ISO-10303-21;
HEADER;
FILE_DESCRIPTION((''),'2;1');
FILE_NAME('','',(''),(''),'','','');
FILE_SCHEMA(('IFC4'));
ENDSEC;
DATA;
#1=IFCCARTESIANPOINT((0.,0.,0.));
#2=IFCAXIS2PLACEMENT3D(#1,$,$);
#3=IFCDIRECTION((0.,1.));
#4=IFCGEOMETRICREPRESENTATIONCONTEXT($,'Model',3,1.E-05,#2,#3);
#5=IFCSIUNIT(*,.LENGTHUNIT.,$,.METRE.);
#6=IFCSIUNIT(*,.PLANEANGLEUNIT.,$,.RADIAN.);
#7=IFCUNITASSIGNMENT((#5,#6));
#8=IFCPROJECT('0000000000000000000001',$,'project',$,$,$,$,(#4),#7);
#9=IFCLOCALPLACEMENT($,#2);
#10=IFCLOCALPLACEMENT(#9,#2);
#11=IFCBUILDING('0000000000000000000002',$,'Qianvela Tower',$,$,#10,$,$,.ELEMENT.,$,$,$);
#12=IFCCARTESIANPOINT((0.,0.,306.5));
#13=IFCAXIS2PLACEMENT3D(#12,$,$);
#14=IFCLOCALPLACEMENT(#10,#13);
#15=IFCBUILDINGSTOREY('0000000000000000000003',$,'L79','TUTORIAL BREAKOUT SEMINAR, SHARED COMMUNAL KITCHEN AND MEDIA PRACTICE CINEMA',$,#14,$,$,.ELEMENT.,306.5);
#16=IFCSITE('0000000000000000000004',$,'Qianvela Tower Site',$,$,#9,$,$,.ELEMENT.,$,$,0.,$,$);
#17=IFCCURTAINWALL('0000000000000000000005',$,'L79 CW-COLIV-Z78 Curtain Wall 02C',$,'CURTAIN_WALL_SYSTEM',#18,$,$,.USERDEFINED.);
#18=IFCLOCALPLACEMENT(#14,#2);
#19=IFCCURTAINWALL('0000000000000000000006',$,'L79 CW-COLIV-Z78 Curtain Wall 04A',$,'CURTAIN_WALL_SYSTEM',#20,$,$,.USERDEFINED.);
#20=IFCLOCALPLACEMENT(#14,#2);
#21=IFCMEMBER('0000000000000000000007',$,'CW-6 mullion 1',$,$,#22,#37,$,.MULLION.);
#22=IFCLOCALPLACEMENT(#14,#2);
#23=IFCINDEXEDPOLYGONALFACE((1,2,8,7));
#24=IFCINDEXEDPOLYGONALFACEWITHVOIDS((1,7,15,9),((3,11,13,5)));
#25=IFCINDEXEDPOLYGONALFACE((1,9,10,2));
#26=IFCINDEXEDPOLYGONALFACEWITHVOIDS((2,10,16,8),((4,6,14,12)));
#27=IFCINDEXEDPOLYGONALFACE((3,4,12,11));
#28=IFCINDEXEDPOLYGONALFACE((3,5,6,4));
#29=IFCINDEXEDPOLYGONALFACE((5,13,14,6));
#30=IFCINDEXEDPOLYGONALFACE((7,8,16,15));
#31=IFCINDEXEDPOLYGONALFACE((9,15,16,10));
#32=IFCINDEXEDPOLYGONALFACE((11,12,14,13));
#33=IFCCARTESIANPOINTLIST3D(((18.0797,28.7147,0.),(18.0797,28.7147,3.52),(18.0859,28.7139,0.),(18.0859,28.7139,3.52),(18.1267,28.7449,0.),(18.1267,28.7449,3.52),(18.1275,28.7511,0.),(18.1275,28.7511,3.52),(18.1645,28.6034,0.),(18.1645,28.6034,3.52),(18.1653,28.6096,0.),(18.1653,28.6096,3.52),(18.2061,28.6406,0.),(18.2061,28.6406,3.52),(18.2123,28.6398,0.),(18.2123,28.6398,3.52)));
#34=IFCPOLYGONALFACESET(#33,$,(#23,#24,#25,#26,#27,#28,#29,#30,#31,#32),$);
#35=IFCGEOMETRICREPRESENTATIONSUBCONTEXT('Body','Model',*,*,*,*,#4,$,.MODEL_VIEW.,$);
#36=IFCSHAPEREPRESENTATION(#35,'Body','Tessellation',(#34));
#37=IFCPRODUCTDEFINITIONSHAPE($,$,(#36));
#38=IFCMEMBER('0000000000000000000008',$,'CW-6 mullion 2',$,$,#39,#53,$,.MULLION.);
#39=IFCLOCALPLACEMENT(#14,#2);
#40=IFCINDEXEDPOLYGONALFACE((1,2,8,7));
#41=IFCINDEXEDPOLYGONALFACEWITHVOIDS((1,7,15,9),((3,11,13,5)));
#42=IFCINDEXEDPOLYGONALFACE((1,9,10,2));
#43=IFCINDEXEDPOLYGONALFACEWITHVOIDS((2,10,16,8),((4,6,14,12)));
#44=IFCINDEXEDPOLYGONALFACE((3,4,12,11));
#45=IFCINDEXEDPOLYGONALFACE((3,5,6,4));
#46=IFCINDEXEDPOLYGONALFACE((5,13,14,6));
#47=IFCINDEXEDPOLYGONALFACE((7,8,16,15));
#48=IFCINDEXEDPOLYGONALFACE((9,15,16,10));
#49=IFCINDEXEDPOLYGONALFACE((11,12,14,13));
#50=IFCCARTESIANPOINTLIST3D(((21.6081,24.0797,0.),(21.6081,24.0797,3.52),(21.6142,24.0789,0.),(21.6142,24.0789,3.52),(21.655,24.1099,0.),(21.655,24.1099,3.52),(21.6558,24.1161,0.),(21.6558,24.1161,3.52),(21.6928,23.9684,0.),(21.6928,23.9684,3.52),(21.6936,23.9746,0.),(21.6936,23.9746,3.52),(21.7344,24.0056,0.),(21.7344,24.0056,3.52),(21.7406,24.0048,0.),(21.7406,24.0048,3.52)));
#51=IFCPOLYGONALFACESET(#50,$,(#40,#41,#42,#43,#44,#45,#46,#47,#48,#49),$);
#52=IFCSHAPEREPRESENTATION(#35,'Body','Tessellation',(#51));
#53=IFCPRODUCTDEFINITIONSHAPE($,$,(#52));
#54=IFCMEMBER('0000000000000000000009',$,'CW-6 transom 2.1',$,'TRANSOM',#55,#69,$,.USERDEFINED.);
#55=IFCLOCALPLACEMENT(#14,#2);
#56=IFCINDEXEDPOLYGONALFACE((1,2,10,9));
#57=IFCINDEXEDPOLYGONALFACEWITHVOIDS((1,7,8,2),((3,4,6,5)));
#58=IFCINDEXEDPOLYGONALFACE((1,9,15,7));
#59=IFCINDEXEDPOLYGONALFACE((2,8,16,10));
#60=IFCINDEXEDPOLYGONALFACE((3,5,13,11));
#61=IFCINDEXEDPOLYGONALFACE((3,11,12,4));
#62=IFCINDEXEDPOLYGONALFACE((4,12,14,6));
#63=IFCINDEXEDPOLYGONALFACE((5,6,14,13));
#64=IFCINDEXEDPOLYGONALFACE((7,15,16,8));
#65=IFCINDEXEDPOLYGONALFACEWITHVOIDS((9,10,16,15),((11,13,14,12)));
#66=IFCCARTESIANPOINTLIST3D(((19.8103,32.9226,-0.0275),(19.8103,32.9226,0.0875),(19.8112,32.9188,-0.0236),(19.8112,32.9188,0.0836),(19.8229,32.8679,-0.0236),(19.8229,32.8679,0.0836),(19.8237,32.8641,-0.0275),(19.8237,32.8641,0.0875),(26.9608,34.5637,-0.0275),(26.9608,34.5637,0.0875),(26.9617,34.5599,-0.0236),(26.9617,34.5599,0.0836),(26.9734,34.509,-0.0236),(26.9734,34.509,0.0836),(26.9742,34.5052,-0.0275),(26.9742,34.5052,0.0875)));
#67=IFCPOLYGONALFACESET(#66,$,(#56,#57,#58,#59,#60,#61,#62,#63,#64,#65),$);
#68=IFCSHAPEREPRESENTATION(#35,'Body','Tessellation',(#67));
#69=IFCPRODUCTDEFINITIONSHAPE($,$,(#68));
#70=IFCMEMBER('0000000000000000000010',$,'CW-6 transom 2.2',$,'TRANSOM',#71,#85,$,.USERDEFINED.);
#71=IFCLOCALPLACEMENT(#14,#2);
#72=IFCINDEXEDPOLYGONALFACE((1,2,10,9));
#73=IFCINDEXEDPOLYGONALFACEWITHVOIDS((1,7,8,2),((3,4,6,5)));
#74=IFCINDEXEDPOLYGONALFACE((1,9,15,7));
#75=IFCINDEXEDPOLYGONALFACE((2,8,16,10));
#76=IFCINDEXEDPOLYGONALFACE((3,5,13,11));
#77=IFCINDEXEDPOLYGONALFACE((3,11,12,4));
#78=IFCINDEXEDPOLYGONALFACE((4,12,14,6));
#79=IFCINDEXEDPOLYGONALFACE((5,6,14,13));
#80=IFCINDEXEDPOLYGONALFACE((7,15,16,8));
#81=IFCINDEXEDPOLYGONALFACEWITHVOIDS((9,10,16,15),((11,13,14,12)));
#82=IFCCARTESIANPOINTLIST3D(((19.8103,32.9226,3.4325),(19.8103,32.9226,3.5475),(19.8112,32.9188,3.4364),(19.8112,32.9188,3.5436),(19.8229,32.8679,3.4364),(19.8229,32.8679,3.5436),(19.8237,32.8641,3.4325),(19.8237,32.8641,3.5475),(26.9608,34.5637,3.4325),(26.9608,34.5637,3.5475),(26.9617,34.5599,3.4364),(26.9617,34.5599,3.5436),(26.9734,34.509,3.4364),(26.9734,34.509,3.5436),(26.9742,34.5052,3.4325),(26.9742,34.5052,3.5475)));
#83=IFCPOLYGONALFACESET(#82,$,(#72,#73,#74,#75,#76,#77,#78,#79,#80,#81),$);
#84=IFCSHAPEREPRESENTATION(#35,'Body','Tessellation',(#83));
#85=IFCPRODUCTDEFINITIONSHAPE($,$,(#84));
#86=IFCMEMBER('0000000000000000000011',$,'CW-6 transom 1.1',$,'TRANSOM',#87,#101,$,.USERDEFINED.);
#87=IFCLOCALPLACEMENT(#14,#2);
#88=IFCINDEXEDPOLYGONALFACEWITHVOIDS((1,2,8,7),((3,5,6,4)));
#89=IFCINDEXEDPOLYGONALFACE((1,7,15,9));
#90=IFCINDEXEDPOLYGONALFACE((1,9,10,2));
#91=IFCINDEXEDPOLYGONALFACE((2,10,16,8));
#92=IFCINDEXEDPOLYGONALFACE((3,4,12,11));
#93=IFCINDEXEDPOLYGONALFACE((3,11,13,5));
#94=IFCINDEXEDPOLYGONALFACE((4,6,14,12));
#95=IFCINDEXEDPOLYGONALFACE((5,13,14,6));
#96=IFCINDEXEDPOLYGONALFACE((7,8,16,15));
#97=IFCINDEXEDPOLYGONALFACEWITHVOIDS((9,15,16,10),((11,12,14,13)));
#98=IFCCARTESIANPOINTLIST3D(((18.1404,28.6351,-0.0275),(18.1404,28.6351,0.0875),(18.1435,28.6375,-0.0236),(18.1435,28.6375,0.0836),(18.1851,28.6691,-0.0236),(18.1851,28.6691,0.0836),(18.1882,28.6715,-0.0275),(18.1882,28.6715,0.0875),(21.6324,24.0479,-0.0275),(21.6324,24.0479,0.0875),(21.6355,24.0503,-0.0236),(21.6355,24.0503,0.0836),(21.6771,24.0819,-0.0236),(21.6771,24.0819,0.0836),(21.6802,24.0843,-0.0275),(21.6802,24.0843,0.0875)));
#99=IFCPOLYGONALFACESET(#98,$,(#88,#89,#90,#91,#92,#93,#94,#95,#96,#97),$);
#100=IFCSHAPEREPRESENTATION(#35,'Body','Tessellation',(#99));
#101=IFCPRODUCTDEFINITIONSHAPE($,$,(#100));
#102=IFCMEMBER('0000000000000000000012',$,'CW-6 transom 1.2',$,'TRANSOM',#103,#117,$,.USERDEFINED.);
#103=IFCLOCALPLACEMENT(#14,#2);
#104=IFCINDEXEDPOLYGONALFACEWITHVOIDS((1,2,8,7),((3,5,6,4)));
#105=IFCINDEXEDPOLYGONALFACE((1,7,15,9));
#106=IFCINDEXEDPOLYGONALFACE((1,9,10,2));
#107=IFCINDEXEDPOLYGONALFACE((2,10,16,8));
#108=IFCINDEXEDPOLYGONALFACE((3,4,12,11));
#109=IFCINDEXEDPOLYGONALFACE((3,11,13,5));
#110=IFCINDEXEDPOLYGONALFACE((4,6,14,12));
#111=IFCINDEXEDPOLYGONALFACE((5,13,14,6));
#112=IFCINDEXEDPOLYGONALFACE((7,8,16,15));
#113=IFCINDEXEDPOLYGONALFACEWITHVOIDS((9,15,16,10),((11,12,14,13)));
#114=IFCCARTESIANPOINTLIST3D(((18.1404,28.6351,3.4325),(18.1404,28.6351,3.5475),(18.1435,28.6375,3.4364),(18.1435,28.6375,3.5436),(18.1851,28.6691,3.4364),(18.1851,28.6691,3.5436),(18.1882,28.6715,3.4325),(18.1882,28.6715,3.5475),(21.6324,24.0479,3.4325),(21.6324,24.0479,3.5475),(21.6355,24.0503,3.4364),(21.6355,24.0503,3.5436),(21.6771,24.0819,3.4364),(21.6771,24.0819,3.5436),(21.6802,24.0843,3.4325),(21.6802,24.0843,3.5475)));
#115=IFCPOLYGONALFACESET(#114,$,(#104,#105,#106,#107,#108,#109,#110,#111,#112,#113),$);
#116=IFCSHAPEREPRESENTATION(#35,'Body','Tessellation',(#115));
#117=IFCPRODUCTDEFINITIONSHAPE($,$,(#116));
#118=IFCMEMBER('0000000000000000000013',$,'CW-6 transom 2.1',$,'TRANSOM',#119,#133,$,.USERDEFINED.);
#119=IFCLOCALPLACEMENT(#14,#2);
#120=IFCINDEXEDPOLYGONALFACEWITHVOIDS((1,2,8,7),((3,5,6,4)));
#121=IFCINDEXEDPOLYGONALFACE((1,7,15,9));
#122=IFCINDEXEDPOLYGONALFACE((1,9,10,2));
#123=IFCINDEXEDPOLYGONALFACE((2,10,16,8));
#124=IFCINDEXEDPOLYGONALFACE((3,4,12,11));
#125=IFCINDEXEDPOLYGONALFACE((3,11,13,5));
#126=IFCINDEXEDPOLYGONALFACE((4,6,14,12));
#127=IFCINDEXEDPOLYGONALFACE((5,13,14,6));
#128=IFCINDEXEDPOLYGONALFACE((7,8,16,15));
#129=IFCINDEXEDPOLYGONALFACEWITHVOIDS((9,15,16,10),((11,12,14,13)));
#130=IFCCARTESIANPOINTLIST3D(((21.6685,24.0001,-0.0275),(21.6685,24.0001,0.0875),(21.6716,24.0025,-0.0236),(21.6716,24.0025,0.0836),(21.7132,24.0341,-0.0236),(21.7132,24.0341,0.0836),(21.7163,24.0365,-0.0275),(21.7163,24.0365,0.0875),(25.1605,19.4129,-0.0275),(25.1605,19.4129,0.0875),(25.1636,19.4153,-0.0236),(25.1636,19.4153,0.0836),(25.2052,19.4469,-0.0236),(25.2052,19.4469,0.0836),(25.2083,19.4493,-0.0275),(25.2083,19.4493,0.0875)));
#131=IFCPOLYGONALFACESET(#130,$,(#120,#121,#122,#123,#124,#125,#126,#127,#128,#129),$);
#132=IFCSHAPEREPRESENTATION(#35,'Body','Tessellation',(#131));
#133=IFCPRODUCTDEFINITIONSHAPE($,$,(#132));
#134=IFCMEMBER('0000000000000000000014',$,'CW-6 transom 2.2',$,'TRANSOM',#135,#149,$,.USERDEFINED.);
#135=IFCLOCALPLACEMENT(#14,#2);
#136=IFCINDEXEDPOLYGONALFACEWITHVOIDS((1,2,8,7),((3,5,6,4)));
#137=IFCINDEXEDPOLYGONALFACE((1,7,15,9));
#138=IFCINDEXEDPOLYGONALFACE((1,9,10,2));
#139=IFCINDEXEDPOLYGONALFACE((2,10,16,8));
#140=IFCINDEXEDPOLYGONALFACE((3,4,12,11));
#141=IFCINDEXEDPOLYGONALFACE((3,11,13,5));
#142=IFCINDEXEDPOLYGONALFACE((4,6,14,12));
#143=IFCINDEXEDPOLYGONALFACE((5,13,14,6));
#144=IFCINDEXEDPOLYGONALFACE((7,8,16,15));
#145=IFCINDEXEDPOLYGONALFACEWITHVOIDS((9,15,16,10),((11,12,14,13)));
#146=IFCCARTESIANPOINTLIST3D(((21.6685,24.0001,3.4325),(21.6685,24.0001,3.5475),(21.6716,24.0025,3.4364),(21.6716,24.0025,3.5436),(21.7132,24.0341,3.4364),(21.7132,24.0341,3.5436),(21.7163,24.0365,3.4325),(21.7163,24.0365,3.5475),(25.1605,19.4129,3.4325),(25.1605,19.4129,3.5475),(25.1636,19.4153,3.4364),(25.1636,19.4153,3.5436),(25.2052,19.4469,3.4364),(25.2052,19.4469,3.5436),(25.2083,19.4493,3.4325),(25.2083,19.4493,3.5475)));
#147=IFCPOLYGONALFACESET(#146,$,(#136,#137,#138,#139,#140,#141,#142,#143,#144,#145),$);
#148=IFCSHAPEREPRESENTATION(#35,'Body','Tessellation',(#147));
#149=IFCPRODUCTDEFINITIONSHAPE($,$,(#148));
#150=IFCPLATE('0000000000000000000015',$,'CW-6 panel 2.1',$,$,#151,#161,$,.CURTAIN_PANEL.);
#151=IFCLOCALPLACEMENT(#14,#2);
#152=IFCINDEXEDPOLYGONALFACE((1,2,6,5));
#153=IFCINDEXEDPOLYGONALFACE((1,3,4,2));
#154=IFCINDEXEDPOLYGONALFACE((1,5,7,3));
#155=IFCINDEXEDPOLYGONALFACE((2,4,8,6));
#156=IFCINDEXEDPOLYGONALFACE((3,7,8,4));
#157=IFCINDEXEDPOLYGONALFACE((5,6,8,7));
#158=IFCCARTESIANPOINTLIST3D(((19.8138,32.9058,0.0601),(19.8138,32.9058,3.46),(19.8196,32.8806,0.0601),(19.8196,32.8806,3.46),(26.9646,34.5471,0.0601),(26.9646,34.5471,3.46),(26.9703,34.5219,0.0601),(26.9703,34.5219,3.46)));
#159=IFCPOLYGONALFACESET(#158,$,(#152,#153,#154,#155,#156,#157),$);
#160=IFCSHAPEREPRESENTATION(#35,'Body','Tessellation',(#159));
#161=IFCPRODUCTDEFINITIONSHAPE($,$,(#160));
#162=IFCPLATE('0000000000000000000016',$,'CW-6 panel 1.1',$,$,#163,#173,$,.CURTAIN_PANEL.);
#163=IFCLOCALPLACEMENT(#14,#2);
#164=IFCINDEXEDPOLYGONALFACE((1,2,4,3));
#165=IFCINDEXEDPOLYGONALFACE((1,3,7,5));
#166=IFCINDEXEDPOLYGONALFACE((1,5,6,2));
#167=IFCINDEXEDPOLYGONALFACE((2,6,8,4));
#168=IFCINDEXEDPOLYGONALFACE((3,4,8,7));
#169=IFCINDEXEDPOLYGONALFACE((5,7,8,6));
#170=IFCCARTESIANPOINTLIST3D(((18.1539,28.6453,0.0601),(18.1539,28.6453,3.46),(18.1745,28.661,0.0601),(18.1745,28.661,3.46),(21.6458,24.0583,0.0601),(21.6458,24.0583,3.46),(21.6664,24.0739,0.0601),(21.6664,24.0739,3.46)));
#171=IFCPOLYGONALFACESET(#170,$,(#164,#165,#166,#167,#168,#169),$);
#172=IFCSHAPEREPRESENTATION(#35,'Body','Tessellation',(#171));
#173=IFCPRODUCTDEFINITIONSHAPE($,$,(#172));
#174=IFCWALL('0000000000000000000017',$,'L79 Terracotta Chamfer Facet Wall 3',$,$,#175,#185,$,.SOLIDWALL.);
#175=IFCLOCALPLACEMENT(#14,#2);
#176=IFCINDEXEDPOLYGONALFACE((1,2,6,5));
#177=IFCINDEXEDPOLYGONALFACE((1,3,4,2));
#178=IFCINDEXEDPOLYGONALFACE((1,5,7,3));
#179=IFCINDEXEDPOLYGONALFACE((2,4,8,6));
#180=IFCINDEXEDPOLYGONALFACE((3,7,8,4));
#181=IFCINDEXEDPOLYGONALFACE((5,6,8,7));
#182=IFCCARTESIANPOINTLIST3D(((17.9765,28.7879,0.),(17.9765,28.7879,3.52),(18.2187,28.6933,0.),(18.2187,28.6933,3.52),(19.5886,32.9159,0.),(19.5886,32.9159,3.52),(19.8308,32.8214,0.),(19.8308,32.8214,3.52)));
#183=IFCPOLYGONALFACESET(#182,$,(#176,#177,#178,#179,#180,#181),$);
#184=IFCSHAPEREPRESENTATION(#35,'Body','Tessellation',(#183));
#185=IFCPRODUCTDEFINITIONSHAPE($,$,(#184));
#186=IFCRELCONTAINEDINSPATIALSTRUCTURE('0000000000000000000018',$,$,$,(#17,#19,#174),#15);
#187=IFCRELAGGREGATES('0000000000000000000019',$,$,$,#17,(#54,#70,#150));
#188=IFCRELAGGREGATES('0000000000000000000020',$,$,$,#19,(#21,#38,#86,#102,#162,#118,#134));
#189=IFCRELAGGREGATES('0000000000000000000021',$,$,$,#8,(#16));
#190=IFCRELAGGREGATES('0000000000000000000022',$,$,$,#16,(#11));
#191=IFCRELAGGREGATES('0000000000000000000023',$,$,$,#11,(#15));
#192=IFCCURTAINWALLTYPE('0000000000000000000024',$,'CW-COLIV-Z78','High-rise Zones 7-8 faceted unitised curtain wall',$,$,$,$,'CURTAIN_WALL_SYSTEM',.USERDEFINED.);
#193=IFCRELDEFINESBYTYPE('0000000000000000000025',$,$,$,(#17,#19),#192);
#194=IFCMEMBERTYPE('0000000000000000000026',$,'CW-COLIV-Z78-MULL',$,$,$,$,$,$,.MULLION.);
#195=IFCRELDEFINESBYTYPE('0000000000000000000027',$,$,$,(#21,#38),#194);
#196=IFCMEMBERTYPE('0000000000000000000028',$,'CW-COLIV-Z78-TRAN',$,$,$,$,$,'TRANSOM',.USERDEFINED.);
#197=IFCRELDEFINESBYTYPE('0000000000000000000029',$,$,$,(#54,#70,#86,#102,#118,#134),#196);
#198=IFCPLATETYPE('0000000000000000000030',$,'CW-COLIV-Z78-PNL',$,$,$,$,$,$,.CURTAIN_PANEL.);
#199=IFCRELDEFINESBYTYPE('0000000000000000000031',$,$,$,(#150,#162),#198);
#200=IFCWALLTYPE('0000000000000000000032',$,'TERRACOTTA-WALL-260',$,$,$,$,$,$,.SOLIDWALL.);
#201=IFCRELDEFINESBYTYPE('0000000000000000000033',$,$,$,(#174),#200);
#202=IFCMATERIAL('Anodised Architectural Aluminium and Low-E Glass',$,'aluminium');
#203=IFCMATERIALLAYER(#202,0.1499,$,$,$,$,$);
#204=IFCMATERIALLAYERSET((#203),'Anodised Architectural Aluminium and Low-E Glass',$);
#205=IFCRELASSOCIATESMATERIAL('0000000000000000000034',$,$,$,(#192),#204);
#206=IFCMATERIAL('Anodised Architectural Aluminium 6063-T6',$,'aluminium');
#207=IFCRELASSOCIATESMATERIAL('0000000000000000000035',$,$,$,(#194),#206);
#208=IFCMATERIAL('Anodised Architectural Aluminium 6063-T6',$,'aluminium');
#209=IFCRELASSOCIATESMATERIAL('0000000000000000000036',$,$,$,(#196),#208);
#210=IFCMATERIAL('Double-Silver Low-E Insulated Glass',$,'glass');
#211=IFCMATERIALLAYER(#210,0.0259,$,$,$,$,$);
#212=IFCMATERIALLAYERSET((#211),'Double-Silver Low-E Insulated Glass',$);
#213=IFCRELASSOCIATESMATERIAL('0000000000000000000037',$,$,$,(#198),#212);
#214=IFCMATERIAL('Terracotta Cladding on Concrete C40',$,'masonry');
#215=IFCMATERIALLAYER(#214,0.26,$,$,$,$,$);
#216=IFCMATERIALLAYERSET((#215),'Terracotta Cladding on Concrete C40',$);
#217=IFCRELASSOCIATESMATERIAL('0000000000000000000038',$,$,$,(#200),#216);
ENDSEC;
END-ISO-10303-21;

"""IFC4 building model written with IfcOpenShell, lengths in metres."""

from ifc_helpers import new_model, si_unit, direction, frame, frame_2d, origin, origin_2d, place, context, subcontext, project, spatial, rectangle, hollow_rectangle, extrude, material, layer, layer_set, material_profile, profile_set, type_object, element, aggregate, save


model = new_model("IFC4")

# Units and contexts
model_context = context("Model", 3, precision=1e-05, world=origin(), true_north=direction((0.0, 1.0)))
body_context = subcontext(model_context, "Body", "Model", "MODEL_VIEW")
ifc_project = project(units=[si_unit("LENGTHUNIT", "METRE"), si_unit("PLANEANGLEUNIT", "RADIAN")], contexts=[model_context])

# Site, building, storey
site_placement = place(None, origin())
site = spatial("IfcSite", under=ifc_project, at=site_placement, Name="Qianvela Tower Site", CompositionType="ELEMENT", RefElevation=0.0)
building_placement = place(site_placement, origin())
building = spatial("IfcBuilding", under=site, at=building_placement, Name="Qianvela Tower", CompositionType="ELEMENT")
storey_placement = place(building_placement, frame((0.0, 0.0, 306.5)))
storey = spatial("IfcBuildingStorey", under=building, at=storey_placement, Name="L79", Description="TUTORIAL BREAKOUT SEMINAR, SHARED COMMUNAL KITCHEN AND MEDIA PRACTICE CINEMA", CompositionType="ELEMENT", Elevation=306.5)

# Curtain walls, members
ifc_material_1 = material(Name="Anodised Architectural Aluminium and Low-E Glass", Category="aluminium")
ifc_layer_1 = layer(ifc_material_1, 0.1499)
ifc_layer_set_1 = layer_set([ifc_layer_1], Name="Anodised Architectural Aluminium and Low-E Glass")
curtain_wall_type = type_object("IfcCurtainWallType", Name="CW-COLIV-Z78", Description="High-rise Zones 7-8 faceted unitised curtain wall", ElementType="CURTAIN_WALL_SYSTEM", PredefinedType="USERDEFINED", material=ifc_layer_set_1)
curtain_wall_1_placement = place(storey_placement, origin())
curtain_wall_1 = element("IfcCurtainWall", 1, at=curtain_wall_1_placement, inside=storey, type_object=curtain_wall_type, Name="L79 CW-COLIV-Z78 Curtain Wall 02C", ObjectType="CURTAIN_WALL_SYSTEM", PredefinedType="USERDEFINED")
ifc_material_2 = material(Name="Anodised Architectural Aluminium 6063-T6", Category="aluminium")
ifc_material_profile_1 = material_profile(ifc_material_2, hollow_rectangle(XDim=0.0601, YDim=0.1399, WallThickness=0.0044, at=origin_2d()), Name="ALU-MULL-60x140")
ifc_profile_set_1 = profile_set([ifc_material_profile_1], Name="Anodised Architectural Aluminium 6063-T6")
member_type_1 = type_object("IfcMemberType", Name="CW-COLIV-Z78-MULL", PredefinedType="MULLION", material=ifc_profile_set_1)
curtain_wall_2_placement = place(storey_placement, origin())
curtain_wall_2 = element("IfcCurtainWall", 2, at=curtain_wall_2_placement, inside=storey, type_object=curtain_wall_type, Name="L79 CW-COLIV-Z78 Curtain Wall 04A", ObjectType="CURTAIN_WALL_SYSTEM", PredefinedType="USERDEFINED")
member_1_placement = place(storey_placement, frame((18.146, 28.6772, 0.0), z_axis=(0.0, 0.0, 1.0), x_axis=(0.795689, 0.605706, 0.0)))
member_1 = element("IfcMember", 3, at=member_1_placement, type_object=member_type_1, Name="CW-6 mullion 1", PredefinedType="MULLION", context=body_context, shape_type="SweptSolid", body=[
    extrude(hollow_rectangle(XDim=0.0601, YDim=0.1399, WallThickness=0.0044, at=origin_2d()), origin(), (0.0, 0.0, 1.0), 3.52),
])
member_2_placement = place(storey_placement, frame((21.6743, 24.0422, 0.0), z_axis=(0.0, 0.0, 1.0), x_axis=(0.795689, 0.605706, 0.0)))
member_2 = element("IfcMember", 4, at=member_2_placement, type_object=member_type_1, Name="CW-6 mullion 2", PredefinedType="MULLION", context=body_context, shape_type="SweptSolid", body=[
    extrude(hollow_rectangle(XDim=0.0601, YDim=0.1399, WallThickness=0.0044, at=origin_2d()), origin(), (0.0, 0.0, 1.0), 3.52),
])

# Members
ifc_material_3 = material(Name="Anodised Architectural Aluminium 6063-T6", Category="aluminium")
ifc_material_profile_2 = material_profile(ifc_material_3, hollow_rectangle(XDim=0.0601, YDim=0.115, WallThickness=0.0039, at=origin_2d()), Name="ALU-TRAN-60x115")
ifc_profile_set_2 = profile_set([ifc_material_profile_2], Name="Anodised Architectural Aluminium 6063-T6")
member_type_2 = type_object("IfcMemberType", Name="CW-COLIV-Z78-TRAN", ElementType="TRANSOM", PredefinedType="USERDEFINED", material=ifc_profile_set_2)
member_3_placement = place(storey_placement, frame((26.9675, 34.5344, 0.03), z_axis=(-0.97466, -0.22369, 0.0), x_axis=(0.22369, -0.97466, 0.0)))
member_3 = element("IfcMember", 5, at=member_3_placement, type_object=member_type_2, Name="CW-6 transom 2.1", ObjectType="TRANSOM", PredefinedType="USERDEFINED", context=body_context, shape_type="SweptSolid", body=[
    extrude(hollow_rectangle(XDim=0.0601, YDim=0.115, WallThickness=0.0039, at=origin_2d()), origin(), (0.0, 0.0, 1.0), 7.3364),
])
member_4_placement = place(storey_placement, frame((26.9675, 34.5344, 3.49), z_axis=(-0.97466, -0.22369, 0.0), x_axis=(0.22369, -0.97466, 0.0)))
member_4 = element("IfcMember", 6, at=member_4_placement, type_object=member_type_2, Name="CW-6 transom 2.2", ObjectType="TRANSOM", PredefinedType="USERDEFINED", context=body_context, shape_type="SweptSolid", body=[
    extrude(hollow_rectangle(XDim=0.0601, YDim=0.115, WallThickness=0.0039, at=origin_2d()), origin(), (0.0, 0.0, 1.0), 7.3364),
])
member_5_placement = place(storey_placement, frame((18.1643, 28.6533, 0.03), z_axis=(0.60571, -0.795685, 0.0), x_axis=(0.795685, 0.60571, 0.0)))
member_5 = element("IfcMember", 7, at=member_5_placement, type_object=member_type_2, Name="CW-6 transom 1.1", ObjectType="TRANSOM", PredefinedType="USERDEFINED", context=body_context, shape_type="SweptSolid", body=[
    extrude(hollow_rectangle(XDim=0.0601, YDim=0.115, WallThickness=0.0039, at=origin_2d()), origin(), (0.0, 0.0, 1.0), 5.7651),
])
member_6_placement = place(storey_placement, frame((18.1643, 28.6533, 3.49), z_axis=(0.60571, -0.795685, 0.0), x_axis=(0.795685, 0.60571, 0.0)))
member_6 = element("IfcMember", 8, at=member_6_placement, type_object=member_type_2, Name="CW-6 transom 1.2", ObjectType="TRANSOM", PredefinedType="USERDEFINED", context=body_context, shape_type="SweptSolid", body=[
    extrude(hollow_rectangle(XDim=0.0601, YDim=0.115, WallThickness=0.0039, at=origin_2d()), origin(), (0.0, 0.0, 1.0), 5.7651),
])
member_7_placement = place(storey_placement, frame((21.6924, 24.0183, 0.03), z_axis=(0.60571, -0.795685, 0.0), x_axis=(0.795685, 0.60571, 0.0)))
member_7 = element("IfcMember", 9, at=member_7_placement, type_object=member_type_2, Name="CW-6 transom 2.1", ObjectType="TRANSOM", PredefinedType="USERDEFINED", context=body_context, shape_type="SweptSolid", body=[
    extrude(hollow_rectangle(XDim=0.0601, YDim=0.115, WallThickness=0.0039, at=origin_2d()), origin(), (0.0, 0.0, 1.0), 5.7651),
])
member_8_placement = place(storey_placement, frame((21.6924, 24.0183, 3.49), z_axis=(0.60571, -0.795685, 0.0), x_axis=(0.795685, 0.60571, 0.0)))
member_8 = element("IfcMember", 10, at=member_8_placement, type_object=member_type_2, Name="CW-6 transom 2.2", ObjectType="TRANSOM", PredefinedType="USERDEFINED", context=body_context, shape_type="SweptSolid", body=[
    extrude(hollow_rectangle(XDim=0.0601, YDim=0.115, WallThickness=0.0039, at=origin_2d()), origin(), (0.0, 0.0, 1.0), 5.7651),
])

# Plates
ifc_material_4 = material(Name="Double-Silver Low-E Insulated Glass", Category="glass")
ifc_layer_2 = layer(ifc_material_4, 0.0259)
ifc_layer_set_2 = layer_set([ifc_layer_2], Name="Double-Silver Low-E Insulated Glass")
plate_type = type_object("IfcPlateType", Name="CW-COLIV-Z78-PNL", PredefinedType="CURTAIN_PANEL", material=ifc_layer_set_2)
plate_1_placement = place(storey_placement, frame((23.3921, 33.7139, 0.0601), z_axis=(0.0, 0.0, 1.0), x_axis=(-0.974656, -0.22371, 0.0)))
plate_1 = element("IfcPlate", 11, at=plate_1_placement, type_object=plate_type, Name="CW-6 panel 2.1", PredefinedType="CURTAIN_PANEL", context=body_context, shape_type="SweptSolid", body=[
    extrude(rectangle(XDim=7.3367, YDim=0.0259, at=origin_2d()), origin(), (0.0, 0.0, 1.0), 3.3999),
])
aggregate(curtain_wall_1, [member_3, member_4, plate_1])
plate_2_placement = place(storey_placement, frame((19.9102, 26.3596, 0.0601), z_axis=(0.0, 0.0, 1.0), x_axis=(0.605706, -0.795689, 0.0)))
plate_2 = element("IfcPlate", 12, at=plate_2_placement, type_object=plate_type, Name="CW-6 panel 1.1", PredefinedType="CURTAIN_PANEL", context=body_context, shape_type="SweptSolid", body=[
    extrude(rectangle(XDim=5.7649, YDim=0.0259, at=origin_2d()), origin(), (0.0, 0.0, 1.0), 3.3999),
])
aggregate(curtain_wall_2, [member_1, member_2, member_5, member_6, plate_2, member_7, member_8])

# Wall
ifc_material_5 = material(Name="Terracotta Cladding on Concrete C40", Category="masonry")
ifc_layer_3 = layer(ifc_material_5, 0.26)
ifc_layer_set_3 = layer_set([ifc_layer_3], Name="Terracotta Cladding on Concrete C40")
wall_type_1 = type_object("IfcWallType", Name="TERRACOTTA-WALL-260", PredefinedType="SOLIDWALL", material=ifc_layer_set_3)
wall_1_placement = place(storey_placement, frame((19.7097, 32.8687, 0.0), z_axis=(0.0, 0.0, 1.0), x_axis=(-0.36377, -0.931489, 0.0)))
element("IfcWall", 13, at=wall_1_placement, inside=storey, type_object=wall_type_1, Name="L79 Terracotta Chamfer Facet Wall 3", PredefinedType="SOLIDWALL", context=body_context, shape_type="SweptSolid", body=[
    extrude(rectangle(XDim=4.4316, YDim=0.26, at=frame_2d((2.2158, 0.0))), origin(), (0.0, 0.0, 1.0), 3.52),
])

save(model, "model.ifc")
